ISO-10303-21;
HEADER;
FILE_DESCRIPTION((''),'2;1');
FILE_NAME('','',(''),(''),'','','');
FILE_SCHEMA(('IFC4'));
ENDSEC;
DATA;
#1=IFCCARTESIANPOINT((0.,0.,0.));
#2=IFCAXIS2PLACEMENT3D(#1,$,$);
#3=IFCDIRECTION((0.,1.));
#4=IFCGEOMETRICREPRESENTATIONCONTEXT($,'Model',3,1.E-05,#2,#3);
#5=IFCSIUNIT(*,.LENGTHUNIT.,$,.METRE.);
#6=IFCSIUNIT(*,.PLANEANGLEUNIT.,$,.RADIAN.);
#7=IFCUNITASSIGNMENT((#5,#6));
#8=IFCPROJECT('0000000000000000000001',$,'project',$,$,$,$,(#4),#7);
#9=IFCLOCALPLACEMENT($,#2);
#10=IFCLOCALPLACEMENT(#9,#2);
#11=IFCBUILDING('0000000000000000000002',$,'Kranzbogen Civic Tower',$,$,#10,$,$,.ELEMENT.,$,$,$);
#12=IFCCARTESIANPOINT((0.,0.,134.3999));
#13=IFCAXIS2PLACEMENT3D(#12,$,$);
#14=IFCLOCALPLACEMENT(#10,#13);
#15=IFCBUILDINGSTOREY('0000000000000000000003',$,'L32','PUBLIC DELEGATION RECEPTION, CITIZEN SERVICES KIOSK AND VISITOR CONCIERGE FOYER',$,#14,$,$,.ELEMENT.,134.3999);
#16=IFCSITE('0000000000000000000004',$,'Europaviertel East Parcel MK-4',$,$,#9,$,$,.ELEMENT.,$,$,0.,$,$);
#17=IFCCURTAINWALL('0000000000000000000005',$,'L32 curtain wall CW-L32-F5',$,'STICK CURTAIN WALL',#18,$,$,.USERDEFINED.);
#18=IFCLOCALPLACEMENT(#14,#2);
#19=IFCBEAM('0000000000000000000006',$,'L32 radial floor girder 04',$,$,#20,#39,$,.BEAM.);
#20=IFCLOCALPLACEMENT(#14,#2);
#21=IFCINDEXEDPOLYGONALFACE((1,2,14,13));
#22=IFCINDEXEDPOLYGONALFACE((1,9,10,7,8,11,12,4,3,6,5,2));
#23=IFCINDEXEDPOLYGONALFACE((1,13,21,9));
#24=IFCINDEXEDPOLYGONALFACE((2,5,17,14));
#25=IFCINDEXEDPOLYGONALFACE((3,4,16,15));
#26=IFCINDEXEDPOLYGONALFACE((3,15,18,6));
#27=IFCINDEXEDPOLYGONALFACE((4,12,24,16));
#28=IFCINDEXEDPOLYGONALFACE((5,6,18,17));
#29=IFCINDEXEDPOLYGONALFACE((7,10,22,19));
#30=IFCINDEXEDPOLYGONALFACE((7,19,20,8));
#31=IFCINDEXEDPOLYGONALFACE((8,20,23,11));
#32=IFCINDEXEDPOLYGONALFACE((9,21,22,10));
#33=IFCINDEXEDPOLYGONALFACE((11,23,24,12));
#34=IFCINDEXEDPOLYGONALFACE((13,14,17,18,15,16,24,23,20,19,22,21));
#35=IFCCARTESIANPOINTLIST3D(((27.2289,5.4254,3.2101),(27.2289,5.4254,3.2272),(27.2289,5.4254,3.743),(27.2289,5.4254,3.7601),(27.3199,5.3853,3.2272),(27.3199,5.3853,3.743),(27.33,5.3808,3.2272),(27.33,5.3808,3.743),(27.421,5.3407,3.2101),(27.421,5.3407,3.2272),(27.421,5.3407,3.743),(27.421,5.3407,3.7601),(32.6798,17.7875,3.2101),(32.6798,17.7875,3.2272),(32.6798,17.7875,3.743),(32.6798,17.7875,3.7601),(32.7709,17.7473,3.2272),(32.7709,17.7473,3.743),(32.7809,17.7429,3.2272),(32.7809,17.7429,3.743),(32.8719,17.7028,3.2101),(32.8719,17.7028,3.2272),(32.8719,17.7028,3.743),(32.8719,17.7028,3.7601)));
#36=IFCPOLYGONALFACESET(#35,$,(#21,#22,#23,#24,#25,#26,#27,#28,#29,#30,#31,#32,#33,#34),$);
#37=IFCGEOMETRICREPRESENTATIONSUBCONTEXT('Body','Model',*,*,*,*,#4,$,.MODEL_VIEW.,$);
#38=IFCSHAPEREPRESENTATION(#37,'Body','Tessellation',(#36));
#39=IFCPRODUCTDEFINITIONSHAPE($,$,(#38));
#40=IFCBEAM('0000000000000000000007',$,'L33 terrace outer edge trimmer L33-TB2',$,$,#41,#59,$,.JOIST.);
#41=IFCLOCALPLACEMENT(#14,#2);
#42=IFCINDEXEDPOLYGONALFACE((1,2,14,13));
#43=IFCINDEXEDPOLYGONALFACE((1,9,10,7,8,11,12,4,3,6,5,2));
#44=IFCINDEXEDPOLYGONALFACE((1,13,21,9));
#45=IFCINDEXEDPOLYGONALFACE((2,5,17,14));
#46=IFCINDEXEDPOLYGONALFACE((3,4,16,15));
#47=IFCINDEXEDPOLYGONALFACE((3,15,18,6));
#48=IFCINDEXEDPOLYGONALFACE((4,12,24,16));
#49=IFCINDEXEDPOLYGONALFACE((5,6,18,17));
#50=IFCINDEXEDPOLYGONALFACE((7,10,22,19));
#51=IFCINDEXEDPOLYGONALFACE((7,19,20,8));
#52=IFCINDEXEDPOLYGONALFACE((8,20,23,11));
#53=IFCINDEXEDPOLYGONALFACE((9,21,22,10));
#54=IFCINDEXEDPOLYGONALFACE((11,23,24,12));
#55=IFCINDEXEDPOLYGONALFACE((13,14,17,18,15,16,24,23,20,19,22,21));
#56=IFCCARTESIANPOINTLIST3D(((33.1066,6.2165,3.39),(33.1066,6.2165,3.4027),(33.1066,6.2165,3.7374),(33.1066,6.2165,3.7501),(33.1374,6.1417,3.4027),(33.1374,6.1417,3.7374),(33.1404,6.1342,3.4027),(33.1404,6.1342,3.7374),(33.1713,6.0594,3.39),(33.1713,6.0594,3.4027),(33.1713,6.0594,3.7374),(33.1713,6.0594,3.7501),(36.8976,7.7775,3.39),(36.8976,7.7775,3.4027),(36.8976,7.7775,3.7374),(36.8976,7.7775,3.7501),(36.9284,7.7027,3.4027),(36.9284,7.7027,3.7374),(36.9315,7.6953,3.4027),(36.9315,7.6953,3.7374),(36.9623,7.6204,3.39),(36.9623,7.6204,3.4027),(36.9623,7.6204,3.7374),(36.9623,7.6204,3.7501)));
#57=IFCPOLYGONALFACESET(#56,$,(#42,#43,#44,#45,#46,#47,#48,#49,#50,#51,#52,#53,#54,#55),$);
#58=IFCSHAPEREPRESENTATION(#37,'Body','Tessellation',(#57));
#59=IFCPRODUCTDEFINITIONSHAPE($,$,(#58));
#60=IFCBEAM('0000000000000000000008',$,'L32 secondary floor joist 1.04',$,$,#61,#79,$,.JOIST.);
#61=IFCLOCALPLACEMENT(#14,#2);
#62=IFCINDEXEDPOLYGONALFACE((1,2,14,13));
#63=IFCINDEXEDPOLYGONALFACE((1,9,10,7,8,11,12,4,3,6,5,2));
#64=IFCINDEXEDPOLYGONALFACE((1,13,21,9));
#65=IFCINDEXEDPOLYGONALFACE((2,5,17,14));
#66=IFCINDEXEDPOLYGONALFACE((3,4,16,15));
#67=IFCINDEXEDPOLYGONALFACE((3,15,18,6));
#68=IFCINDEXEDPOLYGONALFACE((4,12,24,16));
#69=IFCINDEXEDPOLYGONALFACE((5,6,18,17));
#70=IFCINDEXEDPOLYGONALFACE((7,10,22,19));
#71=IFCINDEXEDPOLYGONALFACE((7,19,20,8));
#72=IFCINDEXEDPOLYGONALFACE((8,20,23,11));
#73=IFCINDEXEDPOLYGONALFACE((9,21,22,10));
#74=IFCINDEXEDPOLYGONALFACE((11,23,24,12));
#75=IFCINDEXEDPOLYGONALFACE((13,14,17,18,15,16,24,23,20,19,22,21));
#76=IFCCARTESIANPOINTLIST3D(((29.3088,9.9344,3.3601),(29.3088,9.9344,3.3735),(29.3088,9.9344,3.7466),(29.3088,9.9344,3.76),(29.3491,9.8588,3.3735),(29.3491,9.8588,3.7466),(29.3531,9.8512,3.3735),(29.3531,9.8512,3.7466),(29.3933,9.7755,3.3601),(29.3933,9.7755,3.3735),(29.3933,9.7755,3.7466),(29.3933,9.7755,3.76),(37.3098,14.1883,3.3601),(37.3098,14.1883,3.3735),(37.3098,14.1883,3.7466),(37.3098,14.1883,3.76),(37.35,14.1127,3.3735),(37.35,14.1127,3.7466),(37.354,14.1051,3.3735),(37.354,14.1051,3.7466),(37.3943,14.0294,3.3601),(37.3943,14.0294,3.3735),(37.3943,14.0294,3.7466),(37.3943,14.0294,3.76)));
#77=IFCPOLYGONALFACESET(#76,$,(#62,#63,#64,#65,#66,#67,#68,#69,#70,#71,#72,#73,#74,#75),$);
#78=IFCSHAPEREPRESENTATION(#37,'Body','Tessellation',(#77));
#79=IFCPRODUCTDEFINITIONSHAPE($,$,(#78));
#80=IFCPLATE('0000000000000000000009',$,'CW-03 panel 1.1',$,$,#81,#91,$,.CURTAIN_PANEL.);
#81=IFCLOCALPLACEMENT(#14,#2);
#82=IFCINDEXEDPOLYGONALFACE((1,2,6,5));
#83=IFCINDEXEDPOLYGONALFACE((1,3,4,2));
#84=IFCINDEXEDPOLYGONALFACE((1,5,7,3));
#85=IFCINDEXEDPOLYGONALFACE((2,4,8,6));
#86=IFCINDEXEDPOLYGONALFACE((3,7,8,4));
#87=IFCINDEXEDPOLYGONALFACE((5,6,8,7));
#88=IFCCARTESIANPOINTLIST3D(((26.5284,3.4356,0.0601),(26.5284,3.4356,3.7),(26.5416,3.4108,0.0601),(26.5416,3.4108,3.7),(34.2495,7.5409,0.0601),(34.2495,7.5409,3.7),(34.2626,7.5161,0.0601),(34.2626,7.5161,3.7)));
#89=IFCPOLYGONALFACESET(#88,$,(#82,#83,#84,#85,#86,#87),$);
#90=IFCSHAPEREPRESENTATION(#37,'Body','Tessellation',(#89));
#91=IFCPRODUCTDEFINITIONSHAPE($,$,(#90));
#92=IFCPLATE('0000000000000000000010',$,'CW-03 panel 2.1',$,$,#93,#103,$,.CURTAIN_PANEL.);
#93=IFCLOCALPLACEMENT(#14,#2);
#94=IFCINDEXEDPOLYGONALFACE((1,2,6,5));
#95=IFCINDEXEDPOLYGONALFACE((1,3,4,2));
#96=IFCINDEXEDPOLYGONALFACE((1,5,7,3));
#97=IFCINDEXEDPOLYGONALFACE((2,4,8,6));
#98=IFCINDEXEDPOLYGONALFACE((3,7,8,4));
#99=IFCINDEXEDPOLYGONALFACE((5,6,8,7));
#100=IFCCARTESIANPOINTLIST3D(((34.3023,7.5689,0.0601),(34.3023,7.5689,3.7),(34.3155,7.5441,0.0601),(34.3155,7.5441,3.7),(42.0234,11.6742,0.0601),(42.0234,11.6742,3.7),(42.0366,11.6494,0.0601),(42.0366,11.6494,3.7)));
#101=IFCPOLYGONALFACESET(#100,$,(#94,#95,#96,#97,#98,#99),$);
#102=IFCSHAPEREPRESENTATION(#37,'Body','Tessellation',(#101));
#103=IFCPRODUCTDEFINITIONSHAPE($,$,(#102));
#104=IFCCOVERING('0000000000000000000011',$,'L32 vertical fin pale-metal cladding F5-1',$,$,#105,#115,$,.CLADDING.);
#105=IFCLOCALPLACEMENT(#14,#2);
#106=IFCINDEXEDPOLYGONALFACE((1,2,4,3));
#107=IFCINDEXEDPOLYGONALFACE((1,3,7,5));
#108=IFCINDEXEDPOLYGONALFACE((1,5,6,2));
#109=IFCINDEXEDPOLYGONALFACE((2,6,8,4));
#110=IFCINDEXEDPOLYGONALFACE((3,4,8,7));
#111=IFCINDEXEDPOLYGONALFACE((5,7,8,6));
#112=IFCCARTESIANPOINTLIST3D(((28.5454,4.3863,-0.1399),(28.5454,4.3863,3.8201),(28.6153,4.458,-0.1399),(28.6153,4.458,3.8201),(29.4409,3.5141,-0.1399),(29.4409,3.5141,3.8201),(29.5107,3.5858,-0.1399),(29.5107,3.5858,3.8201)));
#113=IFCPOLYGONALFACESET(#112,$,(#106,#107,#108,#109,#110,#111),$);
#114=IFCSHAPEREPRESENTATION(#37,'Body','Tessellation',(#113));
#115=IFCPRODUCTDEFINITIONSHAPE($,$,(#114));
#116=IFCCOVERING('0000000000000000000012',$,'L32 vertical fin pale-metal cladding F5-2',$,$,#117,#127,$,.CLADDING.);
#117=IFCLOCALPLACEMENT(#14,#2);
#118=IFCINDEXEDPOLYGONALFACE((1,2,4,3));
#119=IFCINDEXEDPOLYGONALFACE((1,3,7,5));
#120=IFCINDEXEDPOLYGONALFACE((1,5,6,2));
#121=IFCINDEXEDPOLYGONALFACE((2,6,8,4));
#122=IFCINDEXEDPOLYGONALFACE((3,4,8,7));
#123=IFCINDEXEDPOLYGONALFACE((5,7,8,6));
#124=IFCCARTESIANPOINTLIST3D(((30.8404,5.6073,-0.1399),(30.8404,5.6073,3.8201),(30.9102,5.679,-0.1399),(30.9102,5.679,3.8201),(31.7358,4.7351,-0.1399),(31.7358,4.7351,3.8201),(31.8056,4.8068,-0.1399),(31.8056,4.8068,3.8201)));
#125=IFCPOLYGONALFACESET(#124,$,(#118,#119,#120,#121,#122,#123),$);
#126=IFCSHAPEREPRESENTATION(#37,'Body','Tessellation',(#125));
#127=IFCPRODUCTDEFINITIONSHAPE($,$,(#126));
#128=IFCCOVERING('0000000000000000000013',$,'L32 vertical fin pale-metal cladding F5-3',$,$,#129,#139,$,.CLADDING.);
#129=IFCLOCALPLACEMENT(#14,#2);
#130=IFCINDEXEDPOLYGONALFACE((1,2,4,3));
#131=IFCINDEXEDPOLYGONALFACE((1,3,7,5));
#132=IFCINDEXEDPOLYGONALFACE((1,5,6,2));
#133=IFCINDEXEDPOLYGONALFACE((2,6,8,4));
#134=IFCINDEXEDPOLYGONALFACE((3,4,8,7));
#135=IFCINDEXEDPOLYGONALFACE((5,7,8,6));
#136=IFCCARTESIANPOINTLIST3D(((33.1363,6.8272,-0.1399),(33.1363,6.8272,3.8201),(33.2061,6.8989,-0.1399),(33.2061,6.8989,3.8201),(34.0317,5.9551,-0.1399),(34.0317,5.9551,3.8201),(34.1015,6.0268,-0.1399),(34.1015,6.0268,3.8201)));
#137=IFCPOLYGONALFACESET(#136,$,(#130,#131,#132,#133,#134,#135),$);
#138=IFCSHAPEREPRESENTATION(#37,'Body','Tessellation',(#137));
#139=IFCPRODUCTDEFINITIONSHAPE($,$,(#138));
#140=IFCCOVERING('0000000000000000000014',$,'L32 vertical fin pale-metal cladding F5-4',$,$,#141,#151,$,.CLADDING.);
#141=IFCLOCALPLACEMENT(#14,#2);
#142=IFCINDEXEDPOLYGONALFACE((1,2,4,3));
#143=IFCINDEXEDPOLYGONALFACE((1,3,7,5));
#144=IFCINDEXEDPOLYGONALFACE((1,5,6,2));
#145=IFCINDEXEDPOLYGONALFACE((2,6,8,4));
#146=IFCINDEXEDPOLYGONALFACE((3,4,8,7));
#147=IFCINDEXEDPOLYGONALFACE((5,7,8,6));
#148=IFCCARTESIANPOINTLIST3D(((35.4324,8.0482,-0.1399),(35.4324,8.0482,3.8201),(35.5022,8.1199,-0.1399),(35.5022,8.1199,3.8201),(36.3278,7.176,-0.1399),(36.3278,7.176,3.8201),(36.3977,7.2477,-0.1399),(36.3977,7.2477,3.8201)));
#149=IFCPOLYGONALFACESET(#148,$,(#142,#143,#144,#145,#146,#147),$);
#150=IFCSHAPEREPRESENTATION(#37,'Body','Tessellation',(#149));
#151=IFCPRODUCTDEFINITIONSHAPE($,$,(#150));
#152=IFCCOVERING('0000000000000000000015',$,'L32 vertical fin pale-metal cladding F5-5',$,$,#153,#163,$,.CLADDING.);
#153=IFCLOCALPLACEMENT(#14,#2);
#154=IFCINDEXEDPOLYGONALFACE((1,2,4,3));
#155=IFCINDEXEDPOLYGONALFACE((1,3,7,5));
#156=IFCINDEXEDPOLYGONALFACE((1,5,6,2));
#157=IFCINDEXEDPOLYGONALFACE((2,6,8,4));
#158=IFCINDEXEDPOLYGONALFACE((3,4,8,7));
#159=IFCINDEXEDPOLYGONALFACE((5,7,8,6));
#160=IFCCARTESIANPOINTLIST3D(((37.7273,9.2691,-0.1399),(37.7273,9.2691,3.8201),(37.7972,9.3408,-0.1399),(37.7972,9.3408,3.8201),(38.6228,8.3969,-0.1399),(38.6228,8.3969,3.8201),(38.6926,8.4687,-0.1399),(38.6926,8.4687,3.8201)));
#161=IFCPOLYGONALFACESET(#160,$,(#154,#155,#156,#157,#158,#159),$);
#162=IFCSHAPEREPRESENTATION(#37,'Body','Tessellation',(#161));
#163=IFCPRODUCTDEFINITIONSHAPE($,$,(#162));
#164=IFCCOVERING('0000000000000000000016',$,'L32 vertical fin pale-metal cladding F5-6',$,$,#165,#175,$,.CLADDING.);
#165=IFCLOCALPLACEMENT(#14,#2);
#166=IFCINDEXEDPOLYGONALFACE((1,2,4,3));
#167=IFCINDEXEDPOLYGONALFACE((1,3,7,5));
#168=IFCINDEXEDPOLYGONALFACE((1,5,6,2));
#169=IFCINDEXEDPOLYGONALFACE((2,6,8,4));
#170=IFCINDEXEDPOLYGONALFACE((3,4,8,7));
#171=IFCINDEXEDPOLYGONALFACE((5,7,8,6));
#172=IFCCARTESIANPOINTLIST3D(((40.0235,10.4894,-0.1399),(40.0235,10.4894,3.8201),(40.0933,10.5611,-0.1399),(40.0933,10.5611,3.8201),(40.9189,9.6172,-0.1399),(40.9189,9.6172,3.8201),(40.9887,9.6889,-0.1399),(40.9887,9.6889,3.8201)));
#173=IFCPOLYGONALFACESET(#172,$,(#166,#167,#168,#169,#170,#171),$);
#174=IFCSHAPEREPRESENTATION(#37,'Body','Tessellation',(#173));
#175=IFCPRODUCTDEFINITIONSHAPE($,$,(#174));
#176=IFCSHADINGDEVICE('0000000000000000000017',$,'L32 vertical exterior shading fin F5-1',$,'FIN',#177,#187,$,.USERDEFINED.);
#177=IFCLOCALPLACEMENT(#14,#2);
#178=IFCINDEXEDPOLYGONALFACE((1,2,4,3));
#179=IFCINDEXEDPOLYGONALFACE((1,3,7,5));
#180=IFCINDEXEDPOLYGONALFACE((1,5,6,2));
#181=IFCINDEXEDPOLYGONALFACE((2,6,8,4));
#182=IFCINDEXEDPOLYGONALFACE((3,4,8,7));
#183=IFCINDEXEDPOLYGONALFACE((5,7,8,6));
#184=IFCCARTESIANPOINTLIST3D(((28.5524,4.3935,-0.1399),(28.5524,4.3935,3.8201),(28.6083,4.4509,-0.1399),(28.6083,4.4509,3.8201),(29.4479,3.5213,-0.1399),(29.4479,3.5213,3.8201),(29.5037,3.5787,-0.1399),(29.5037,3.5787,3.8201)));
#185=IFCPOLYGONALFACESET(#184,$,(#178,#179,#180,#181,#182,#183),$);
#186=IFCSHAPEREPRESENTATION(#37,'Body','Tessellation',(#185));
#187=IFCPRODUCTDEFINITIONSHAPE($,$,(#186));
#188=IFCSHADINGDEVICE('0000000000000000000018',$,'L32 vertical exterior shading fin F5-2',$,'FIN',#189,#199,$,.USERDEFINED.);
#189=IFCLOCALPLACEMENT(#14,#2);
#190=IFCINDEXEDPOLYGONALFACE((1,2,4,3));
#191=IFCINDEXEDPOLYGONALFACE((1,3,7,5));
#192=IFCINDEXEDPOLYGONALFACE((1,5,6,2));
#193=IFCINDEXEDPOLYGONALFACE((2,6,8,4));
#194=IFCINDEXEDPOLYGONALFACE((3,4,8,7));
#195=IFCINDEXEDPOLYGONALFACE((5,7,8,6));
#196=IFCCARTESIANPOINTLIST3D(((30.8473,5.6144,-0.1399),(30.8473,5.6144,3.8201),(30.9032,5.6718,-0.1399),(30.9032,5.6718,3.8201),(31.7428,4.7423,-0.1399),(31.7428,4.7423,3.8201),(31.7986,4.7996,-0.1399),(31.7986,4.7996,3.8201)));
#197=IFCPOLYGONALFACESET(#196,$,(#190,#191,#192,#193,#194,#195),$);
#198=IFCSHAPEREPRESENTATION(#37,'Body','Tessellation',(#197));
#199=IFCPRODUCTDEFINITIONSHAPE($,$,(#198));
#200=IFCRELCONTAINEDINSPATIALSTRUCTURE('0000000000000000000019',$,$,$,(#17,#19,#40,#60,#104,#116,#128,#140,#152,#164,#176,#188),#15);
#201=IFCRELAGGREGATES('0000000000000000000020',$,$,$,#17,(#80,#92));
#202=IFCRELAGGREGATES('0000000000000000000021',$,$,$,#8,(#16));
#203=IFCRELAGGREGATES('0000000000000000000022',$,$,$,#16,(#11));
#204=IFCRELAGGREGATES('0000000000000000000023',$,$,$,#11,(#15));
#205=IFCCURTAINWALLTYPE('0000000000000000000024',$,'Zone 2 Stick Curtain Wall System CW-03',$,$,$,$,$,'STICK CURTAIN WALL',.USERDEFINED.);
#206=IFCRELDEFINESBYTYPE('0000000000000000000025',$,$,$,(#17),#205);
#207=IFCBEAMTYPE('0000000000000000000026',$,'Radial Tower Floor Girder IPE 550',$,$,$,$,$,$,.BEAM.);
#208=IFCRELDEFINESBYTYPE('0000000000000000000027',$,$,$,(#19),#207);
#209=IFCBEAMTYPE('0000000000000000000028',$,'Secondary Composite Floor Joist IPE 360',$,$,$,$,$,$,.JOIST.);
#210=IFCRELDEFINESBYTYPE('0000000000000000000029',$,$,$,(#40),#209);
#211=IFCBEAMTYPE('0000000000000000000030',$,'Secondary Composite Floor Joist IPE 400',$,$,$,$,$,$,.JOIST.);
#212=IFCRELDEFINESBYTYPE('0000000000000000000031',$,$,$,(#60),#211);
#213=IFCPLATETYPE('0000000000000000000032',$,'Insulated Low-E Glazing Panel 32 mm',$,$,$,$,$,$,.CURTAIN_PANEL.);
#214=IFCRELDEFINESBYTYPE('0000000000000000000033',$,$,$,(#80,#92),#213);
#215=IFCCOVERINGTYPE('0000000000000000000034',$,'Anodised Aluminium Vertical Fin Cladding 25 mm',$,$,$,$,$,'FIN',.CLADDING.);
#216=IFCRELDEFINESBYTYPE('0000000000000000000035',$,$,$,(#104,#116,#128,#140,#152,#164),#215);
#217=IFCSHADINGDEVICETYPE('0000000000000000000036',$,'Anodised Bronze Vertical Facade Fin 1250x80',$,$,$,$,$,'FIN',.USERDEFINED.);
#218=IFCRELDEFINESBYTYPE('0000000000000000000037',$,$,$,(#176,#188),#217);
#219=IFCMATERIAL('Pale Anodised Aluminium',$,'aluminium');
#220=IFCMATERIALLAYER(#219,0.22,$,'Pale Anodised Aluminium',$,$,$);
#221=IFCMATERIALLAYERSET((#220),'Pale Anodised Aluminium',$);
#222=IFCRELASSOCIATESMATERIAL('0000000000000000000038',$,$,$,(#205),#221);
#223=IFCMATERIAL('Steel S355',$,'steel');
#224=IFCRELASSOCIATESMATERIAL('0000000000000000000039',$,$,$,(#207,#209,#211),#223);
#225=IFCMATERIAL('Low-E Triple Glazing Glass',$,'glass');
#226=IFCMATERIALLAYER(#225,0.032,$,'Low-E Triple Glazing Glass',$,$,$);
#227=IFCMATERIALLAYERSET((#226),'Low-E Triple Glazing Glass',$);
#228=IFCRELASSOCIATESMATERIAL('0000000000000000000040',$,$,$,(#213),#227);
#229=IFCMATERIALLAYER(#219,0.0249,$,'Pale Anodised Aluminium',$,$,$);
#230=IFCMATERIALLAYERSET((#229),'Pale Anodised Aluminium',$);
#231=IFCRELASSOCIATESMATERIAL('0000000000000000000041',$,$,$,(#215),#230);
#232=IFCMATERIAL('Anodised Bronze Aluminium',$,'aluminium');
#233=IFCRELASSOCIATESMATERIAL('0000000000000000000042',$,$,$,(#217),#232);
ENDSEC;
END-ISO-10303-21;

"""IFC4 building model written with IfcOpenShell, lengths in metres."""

from ifc_helpers import new_model, si_unit, direction, frame, origin, origin_2d, place, context, subcontext, project, spatial, rectangle, i_section, extrude, material, layer, layer_set, material_profile, profile_set, type_object, element, aggregate, save


model = new_model("IFC4")

# Units and contexts
model_context = context("Model", 3, precision=1e-05, world=origin(), true_north=direction((0.0, 1.0)))
body_context = subcontext(model_context, "Body", "Model", "MODEL_VIEW")
ifc_project = project(units=[si_unit("LENGTHUNIT", "METRE"), si_unit("PLANEANGLEUNIT", "RADIAN")], contexts=[model_context])

# Site, building, storey
site_placement = place(None, origin())
site = spatial("IfcSite", under=ifc_project, at=site_placement, Name="Europaviertel East Parcel MK-4", CompositionType="ELEMENT", RefElevation=0.0)
building_placement = place(site_placement, origin())
building = spatial("IfcBuilding", under=site, at=building_placement, Name="Kranzbogen Civic Tower", CompositionType="ELEMENT")
storey_placement = place(building_placement, frame((0.0, 0.0, 134.3999)))
storey = spatial("IfcBuildingStorey", under=building, at=storey_placement, Name="L32", Description="PUBLIC DELEGATION RECEPTION, CITIZEN SERVICES KIOSK AND VISITOR CONCIERGE FOYER", CompositionType="ELEMENT", Elevation=134.3999)

# Curtain wall
ifc_material_1 = material(Name="Pale Anodised Aluminium", Category="aluminium")
ifc_layer_1 = layer(ifc_material_1, 0.22, Name="Pale Anodised Aluminium")
ifc_layer_set_1 = layer_set([ifc_layer_1], Name="Pale Anodised Aluminium")
curtain_wall_type = type_object("IfcCurtainWallType", Name="Zone 2 Stick Curtain Wall System CW-03", ElementType="STICK CURTAIN WALL", PredefinedType="USERDEFINED", material=ifc_layer_set_1)
curtain_wall_placement = place(storey_placement, origin())
curtain_wall = element("IfcCurtainWall", 1, at=curtain_wall_placement, inside=storey, type_object=curtain_wall_type, Name="L32 curtain wall CW-L32-F5", ObjectType="STICK CURTAIN WALL", PredefinedType="USERDEFINED")

# Beams
ifc_material_2 = material(Name="Steel S355", Category="steel")
ifc_material_profile_1 = material_profile(ifc_material_2, i_section(OverallWidth=0.21, OverallDepth=0.55, WebThickness=0.011, FlangeThickness=0.0171, at=origin_2d()), Name="IPE 550")
ifc_profile_set_1 = profile_set([ifc_material_profile_1], Name="Steel S355")
beam_type_1 = type_object("IfcBeamType", Name="Radial Tower Floor Girder IPE 550", PredefinedType="BEAM", material=ifc_profile_set_1)
beam_1_placement = place(storey_placement, frame((27.325, 5.3831, 3.4851), z_axis=(0.403459, 0.914998, 0.0), x_axis=(-0.914998, 0.403459, 0.0)))
element("IfcBeam", 2, at=beam_1_placement, inside=storey, type_object=beam_type_1, Name="L32 radial floor girder 04", PredefinedType="BEAM", context=body_context, shape_type="SweptSolid", body=[
    extrude(i_section(OverallWidth=0.21, OverallDepth=0.55, WebThickness=0.011, FlangeThickness=0.0171, at=origin_2d()), origin(), (0.0, 0.0, 1.0), 13.5105),
])
ifc_material_profile_2 = material_profile(ifc_material_2, i_section(OverallWidth=0.1699, OverallDepth=0.3601, WebThickness=0.0081, FlangeThickness=0.0127, at=origin_2d()), Name="IPE 360")
ifc_profile_set_2 = profile_set([ifc_material_profile_2], Name="Steel S355")
beam_type_2 = type_object("IfcBeamType", Name="Secondary Composite Floor Joist IPE 360", PredefinedType="JOIST", material=ifc_profile_set_2)
beam_2_placement = place(storey_placement, frame((33.1389, 6.1379, 3.5701), z_axis=(0.924676, 0.380756, 0.0), x_axis=(-0.380756, 0.924676, 0.0)))
element("IfcBeam", 3, at=beam_2_placement, inside=storey, type_object=beam_type_2, Name="L33 terrace outer edge trimmer L33-TB2", PredefinedType="JOIST", context=body_context, shape_type="SweptSolid", body=[
    extrude(i_section(OverallWidth=0.1699, OverallDepth=0.3601, WebThickness=0.0081, FlangeThickness=0.0127, at=origin_2d()), origin(), (0.0, 0.0, 1.0), 4.0999),
])
ifc_material_profile_3 = material_profile(ifc_material_2, i_section(OverallWidth=0.1799, OverallDepth=0.3999, WebThickness=0.0085, FlangeThickness=0.0134, at=origin_2d()), Name="IPE 400")
ifc_profile_set_3 = profile_set([ifc_material_profile_3], Name="Steel S355")
beam_type_3 = type_object("IfcBeamType", Name="Secondary Composite Floor Joist IPE 400", PredefinedType="JOIST", material=ifc_profile_set_3)
beam_3_placement = place(storey_placement, frame((29.3511, 9.855, 3.5601), z_axis=(0.882961, 0.469447, 0.0), x_axis=(-0.469447, 0.882961, 0.0)))
element("IfcBeam", 4, at=beam_3_placement, inside=storey, type_object=beam_type_3, Name="L32 secondary floor joist 1.04", PredefinedType="JOIST", context=body_context, shape_type="SweptSolid", body=[
    extrude(i_section(OverallWidth=0.1799, OverallDepth=0.3999, WebThickness=0.0085, FlangeThickness=0.0134, at=origin_2d()), origin(), (0.0, 0.0, 1.0), 9.0615),
])

# Plates
ifc_material_3 = material(Name="Low-E Triple Glazing Glass", Category="glass")
ifc_layer_2 = layer(ifc_material_3, 0.032, Name="Low-E Triple Glazing Glass")
ifc_layer_set_2 = layer_set([ifc_layer_2], Name="Low-E Triple Glazing Glass")
plate_type = type_object("IfcPlateType", Name="Insulated Low-E Glazing Panel 32 mm", PredefinedType="CURTAIN_PANEL", material=ifc_layer_set_2)
plate_1_placement = place(storey_placement, frame((30.3955, 5.4758, 0.0601), z_axis=(0.0, 0.0, 1.0), x_axis=(0.882952, 0.469463, 0.0)))
plate_1 = element("IfcPlate", 5, at=plate_1_placement, type_object=plate_type, Name="CW-03 panel 1.1", PredefinedType="CURTAIN_PANEL", context=body_context, shape_type="SweptSolid", body=[
    extrude(rectangle(XDim=8.7446, YDim=0.0281, at=origin_2d()), origin(), (0.0, 0.0, 1.0), 3.6399),
])
plate_2_placement = place(storey_placement, frame((38.1694, 9.6091, 0.0601), z_axis=(0.0, 0.0, 1.0), x_axis=(0.882952, 0.469463, 0.0)))
plate_2 = element("IfcPlate", 6, at=plate_2_placement, type_object=plate_type, Name="CW-03 panel 2.1", PredefinedType="CURTAIN_PANEL", context=body_context, shape_type="SweptSolid", body=[
    extrude(rectangle(XDim=8.7446, YDim=0.0281, at=origin_2d()), origin(), (0.0, 0.0, 1.0), 3.6399),
])
aggregate(curtain_wall, [plate_1, plate_2])

# Coverings
ifc_layer_3 = layer(ifc_material_1, 0.0249, Name="Pale Anodised Aluminium")
ifc_layer_set_3 = layer_set([ifc_layer_3], Name="Pale Anodised Aluminium")
covering_type = type_object("IfcCoveringType", Name="Anodised Aluminium Vertical Fin Cladding 25 mm", ElementType="FIN", PredefinedType="CLADDING", material=ifc_layer_set_3)
for number, where, z_axis, x_axis, name in (
    (7, (29.0281, 3.9861, -0.1399), (0.0, 0.0, 1.0), (0.716338, -0.697753, 0.0), "L32 vertical fin pale-metal cladding F5-1"),
    (8, (31.323, 5.207, -0.1399), (0.0, 0.0, 1.0), (0.716338, -0.697753, 0.0), "L32 vertical fin pale-metal cladding F5-2"),
    (9, (33.6189, 6.427, -0.1399), (0.0, 0.0, 1.0), (0.716338, -0.697753, 0.0), "L32 vertical fin pale-metal cladding F5-3"),
    (10, (35.915, 7.6479, -0.1399), (0.0, 0.0, 1.0), (0.716338, -0.697753, 0.0), "L32 vertical fin pale-metal cladding F5-4"),
    (11, (38.21, 8.8689, -0.1399), (0.0, 0.0, 1.0), (0.716338, -0.697753, 0.0), "L32 vertical fin pale-metal cladding F5-5"),
    (12, (40.5061, 10.0891, -0.1399), (0.0, 0.0, 1.0), (0.716338, -0.697753, 0.0), "L32 vertical fin pale-metal cladding F5-6"),
):
    element("IfcCovering", number, at=place(storey_placement, frame(where, z_axis=z_axis, x_axis=x_axis)), inside=storey, type_object=covering_type, Name=name, PredefinedType="CLADDING", context=body_context, shape_type="SweptSolid", body=[
        extrude(rectangle(XDim=1.25, YDim=0.1001, at=origin_2d()), origin(), (0.0, 0.0, 1.0), 3.96),
    ])

# Shading devices
ifc_material_4 = material(Name="Anodised Bronze Aluminium", Category="aluminium")
shading_device_type = type_object("IfcShadingDeviceType", Name="Anodised Bronze Vertical Facade Fin 1250x80", ElementType="FIN", PredefinedType="USERDEFINED", material=ifc_material_4)
for number, where, z_axis, x_axis, name in (
    (13, (29.0281, 3.9861, -0.1399), (0.0, 0.0, 1.0), (0.716338, -0.697753, 0.0), "L32 vertical exterior shading fin F5-1"),
    (14, (31.323, 5.207, -0.1399), (0.0, 0.0, 1.0), (0.716338, -0.697753, 0.0), "L32 vertical exterior shading fin F5-2"),
):
    element("IfcShadingDevice", number, at=place(storey_placement, frame(where, z_axis=z_axis, x_axis=x_axis)), inside=storey, type_object=shading_device_type, Name=name, ObjectType="FIN", PredefinedType="USERDEFINED", context=body_context, shape_type="SweptSolid", body=[
        extrude(rectangle(XDim=1.25, YDim=0.0801, at=origin_2d()), origin(), (0.0, 0.0, 1.0), 3.96),
    ])

save(model, "model.ifc")
